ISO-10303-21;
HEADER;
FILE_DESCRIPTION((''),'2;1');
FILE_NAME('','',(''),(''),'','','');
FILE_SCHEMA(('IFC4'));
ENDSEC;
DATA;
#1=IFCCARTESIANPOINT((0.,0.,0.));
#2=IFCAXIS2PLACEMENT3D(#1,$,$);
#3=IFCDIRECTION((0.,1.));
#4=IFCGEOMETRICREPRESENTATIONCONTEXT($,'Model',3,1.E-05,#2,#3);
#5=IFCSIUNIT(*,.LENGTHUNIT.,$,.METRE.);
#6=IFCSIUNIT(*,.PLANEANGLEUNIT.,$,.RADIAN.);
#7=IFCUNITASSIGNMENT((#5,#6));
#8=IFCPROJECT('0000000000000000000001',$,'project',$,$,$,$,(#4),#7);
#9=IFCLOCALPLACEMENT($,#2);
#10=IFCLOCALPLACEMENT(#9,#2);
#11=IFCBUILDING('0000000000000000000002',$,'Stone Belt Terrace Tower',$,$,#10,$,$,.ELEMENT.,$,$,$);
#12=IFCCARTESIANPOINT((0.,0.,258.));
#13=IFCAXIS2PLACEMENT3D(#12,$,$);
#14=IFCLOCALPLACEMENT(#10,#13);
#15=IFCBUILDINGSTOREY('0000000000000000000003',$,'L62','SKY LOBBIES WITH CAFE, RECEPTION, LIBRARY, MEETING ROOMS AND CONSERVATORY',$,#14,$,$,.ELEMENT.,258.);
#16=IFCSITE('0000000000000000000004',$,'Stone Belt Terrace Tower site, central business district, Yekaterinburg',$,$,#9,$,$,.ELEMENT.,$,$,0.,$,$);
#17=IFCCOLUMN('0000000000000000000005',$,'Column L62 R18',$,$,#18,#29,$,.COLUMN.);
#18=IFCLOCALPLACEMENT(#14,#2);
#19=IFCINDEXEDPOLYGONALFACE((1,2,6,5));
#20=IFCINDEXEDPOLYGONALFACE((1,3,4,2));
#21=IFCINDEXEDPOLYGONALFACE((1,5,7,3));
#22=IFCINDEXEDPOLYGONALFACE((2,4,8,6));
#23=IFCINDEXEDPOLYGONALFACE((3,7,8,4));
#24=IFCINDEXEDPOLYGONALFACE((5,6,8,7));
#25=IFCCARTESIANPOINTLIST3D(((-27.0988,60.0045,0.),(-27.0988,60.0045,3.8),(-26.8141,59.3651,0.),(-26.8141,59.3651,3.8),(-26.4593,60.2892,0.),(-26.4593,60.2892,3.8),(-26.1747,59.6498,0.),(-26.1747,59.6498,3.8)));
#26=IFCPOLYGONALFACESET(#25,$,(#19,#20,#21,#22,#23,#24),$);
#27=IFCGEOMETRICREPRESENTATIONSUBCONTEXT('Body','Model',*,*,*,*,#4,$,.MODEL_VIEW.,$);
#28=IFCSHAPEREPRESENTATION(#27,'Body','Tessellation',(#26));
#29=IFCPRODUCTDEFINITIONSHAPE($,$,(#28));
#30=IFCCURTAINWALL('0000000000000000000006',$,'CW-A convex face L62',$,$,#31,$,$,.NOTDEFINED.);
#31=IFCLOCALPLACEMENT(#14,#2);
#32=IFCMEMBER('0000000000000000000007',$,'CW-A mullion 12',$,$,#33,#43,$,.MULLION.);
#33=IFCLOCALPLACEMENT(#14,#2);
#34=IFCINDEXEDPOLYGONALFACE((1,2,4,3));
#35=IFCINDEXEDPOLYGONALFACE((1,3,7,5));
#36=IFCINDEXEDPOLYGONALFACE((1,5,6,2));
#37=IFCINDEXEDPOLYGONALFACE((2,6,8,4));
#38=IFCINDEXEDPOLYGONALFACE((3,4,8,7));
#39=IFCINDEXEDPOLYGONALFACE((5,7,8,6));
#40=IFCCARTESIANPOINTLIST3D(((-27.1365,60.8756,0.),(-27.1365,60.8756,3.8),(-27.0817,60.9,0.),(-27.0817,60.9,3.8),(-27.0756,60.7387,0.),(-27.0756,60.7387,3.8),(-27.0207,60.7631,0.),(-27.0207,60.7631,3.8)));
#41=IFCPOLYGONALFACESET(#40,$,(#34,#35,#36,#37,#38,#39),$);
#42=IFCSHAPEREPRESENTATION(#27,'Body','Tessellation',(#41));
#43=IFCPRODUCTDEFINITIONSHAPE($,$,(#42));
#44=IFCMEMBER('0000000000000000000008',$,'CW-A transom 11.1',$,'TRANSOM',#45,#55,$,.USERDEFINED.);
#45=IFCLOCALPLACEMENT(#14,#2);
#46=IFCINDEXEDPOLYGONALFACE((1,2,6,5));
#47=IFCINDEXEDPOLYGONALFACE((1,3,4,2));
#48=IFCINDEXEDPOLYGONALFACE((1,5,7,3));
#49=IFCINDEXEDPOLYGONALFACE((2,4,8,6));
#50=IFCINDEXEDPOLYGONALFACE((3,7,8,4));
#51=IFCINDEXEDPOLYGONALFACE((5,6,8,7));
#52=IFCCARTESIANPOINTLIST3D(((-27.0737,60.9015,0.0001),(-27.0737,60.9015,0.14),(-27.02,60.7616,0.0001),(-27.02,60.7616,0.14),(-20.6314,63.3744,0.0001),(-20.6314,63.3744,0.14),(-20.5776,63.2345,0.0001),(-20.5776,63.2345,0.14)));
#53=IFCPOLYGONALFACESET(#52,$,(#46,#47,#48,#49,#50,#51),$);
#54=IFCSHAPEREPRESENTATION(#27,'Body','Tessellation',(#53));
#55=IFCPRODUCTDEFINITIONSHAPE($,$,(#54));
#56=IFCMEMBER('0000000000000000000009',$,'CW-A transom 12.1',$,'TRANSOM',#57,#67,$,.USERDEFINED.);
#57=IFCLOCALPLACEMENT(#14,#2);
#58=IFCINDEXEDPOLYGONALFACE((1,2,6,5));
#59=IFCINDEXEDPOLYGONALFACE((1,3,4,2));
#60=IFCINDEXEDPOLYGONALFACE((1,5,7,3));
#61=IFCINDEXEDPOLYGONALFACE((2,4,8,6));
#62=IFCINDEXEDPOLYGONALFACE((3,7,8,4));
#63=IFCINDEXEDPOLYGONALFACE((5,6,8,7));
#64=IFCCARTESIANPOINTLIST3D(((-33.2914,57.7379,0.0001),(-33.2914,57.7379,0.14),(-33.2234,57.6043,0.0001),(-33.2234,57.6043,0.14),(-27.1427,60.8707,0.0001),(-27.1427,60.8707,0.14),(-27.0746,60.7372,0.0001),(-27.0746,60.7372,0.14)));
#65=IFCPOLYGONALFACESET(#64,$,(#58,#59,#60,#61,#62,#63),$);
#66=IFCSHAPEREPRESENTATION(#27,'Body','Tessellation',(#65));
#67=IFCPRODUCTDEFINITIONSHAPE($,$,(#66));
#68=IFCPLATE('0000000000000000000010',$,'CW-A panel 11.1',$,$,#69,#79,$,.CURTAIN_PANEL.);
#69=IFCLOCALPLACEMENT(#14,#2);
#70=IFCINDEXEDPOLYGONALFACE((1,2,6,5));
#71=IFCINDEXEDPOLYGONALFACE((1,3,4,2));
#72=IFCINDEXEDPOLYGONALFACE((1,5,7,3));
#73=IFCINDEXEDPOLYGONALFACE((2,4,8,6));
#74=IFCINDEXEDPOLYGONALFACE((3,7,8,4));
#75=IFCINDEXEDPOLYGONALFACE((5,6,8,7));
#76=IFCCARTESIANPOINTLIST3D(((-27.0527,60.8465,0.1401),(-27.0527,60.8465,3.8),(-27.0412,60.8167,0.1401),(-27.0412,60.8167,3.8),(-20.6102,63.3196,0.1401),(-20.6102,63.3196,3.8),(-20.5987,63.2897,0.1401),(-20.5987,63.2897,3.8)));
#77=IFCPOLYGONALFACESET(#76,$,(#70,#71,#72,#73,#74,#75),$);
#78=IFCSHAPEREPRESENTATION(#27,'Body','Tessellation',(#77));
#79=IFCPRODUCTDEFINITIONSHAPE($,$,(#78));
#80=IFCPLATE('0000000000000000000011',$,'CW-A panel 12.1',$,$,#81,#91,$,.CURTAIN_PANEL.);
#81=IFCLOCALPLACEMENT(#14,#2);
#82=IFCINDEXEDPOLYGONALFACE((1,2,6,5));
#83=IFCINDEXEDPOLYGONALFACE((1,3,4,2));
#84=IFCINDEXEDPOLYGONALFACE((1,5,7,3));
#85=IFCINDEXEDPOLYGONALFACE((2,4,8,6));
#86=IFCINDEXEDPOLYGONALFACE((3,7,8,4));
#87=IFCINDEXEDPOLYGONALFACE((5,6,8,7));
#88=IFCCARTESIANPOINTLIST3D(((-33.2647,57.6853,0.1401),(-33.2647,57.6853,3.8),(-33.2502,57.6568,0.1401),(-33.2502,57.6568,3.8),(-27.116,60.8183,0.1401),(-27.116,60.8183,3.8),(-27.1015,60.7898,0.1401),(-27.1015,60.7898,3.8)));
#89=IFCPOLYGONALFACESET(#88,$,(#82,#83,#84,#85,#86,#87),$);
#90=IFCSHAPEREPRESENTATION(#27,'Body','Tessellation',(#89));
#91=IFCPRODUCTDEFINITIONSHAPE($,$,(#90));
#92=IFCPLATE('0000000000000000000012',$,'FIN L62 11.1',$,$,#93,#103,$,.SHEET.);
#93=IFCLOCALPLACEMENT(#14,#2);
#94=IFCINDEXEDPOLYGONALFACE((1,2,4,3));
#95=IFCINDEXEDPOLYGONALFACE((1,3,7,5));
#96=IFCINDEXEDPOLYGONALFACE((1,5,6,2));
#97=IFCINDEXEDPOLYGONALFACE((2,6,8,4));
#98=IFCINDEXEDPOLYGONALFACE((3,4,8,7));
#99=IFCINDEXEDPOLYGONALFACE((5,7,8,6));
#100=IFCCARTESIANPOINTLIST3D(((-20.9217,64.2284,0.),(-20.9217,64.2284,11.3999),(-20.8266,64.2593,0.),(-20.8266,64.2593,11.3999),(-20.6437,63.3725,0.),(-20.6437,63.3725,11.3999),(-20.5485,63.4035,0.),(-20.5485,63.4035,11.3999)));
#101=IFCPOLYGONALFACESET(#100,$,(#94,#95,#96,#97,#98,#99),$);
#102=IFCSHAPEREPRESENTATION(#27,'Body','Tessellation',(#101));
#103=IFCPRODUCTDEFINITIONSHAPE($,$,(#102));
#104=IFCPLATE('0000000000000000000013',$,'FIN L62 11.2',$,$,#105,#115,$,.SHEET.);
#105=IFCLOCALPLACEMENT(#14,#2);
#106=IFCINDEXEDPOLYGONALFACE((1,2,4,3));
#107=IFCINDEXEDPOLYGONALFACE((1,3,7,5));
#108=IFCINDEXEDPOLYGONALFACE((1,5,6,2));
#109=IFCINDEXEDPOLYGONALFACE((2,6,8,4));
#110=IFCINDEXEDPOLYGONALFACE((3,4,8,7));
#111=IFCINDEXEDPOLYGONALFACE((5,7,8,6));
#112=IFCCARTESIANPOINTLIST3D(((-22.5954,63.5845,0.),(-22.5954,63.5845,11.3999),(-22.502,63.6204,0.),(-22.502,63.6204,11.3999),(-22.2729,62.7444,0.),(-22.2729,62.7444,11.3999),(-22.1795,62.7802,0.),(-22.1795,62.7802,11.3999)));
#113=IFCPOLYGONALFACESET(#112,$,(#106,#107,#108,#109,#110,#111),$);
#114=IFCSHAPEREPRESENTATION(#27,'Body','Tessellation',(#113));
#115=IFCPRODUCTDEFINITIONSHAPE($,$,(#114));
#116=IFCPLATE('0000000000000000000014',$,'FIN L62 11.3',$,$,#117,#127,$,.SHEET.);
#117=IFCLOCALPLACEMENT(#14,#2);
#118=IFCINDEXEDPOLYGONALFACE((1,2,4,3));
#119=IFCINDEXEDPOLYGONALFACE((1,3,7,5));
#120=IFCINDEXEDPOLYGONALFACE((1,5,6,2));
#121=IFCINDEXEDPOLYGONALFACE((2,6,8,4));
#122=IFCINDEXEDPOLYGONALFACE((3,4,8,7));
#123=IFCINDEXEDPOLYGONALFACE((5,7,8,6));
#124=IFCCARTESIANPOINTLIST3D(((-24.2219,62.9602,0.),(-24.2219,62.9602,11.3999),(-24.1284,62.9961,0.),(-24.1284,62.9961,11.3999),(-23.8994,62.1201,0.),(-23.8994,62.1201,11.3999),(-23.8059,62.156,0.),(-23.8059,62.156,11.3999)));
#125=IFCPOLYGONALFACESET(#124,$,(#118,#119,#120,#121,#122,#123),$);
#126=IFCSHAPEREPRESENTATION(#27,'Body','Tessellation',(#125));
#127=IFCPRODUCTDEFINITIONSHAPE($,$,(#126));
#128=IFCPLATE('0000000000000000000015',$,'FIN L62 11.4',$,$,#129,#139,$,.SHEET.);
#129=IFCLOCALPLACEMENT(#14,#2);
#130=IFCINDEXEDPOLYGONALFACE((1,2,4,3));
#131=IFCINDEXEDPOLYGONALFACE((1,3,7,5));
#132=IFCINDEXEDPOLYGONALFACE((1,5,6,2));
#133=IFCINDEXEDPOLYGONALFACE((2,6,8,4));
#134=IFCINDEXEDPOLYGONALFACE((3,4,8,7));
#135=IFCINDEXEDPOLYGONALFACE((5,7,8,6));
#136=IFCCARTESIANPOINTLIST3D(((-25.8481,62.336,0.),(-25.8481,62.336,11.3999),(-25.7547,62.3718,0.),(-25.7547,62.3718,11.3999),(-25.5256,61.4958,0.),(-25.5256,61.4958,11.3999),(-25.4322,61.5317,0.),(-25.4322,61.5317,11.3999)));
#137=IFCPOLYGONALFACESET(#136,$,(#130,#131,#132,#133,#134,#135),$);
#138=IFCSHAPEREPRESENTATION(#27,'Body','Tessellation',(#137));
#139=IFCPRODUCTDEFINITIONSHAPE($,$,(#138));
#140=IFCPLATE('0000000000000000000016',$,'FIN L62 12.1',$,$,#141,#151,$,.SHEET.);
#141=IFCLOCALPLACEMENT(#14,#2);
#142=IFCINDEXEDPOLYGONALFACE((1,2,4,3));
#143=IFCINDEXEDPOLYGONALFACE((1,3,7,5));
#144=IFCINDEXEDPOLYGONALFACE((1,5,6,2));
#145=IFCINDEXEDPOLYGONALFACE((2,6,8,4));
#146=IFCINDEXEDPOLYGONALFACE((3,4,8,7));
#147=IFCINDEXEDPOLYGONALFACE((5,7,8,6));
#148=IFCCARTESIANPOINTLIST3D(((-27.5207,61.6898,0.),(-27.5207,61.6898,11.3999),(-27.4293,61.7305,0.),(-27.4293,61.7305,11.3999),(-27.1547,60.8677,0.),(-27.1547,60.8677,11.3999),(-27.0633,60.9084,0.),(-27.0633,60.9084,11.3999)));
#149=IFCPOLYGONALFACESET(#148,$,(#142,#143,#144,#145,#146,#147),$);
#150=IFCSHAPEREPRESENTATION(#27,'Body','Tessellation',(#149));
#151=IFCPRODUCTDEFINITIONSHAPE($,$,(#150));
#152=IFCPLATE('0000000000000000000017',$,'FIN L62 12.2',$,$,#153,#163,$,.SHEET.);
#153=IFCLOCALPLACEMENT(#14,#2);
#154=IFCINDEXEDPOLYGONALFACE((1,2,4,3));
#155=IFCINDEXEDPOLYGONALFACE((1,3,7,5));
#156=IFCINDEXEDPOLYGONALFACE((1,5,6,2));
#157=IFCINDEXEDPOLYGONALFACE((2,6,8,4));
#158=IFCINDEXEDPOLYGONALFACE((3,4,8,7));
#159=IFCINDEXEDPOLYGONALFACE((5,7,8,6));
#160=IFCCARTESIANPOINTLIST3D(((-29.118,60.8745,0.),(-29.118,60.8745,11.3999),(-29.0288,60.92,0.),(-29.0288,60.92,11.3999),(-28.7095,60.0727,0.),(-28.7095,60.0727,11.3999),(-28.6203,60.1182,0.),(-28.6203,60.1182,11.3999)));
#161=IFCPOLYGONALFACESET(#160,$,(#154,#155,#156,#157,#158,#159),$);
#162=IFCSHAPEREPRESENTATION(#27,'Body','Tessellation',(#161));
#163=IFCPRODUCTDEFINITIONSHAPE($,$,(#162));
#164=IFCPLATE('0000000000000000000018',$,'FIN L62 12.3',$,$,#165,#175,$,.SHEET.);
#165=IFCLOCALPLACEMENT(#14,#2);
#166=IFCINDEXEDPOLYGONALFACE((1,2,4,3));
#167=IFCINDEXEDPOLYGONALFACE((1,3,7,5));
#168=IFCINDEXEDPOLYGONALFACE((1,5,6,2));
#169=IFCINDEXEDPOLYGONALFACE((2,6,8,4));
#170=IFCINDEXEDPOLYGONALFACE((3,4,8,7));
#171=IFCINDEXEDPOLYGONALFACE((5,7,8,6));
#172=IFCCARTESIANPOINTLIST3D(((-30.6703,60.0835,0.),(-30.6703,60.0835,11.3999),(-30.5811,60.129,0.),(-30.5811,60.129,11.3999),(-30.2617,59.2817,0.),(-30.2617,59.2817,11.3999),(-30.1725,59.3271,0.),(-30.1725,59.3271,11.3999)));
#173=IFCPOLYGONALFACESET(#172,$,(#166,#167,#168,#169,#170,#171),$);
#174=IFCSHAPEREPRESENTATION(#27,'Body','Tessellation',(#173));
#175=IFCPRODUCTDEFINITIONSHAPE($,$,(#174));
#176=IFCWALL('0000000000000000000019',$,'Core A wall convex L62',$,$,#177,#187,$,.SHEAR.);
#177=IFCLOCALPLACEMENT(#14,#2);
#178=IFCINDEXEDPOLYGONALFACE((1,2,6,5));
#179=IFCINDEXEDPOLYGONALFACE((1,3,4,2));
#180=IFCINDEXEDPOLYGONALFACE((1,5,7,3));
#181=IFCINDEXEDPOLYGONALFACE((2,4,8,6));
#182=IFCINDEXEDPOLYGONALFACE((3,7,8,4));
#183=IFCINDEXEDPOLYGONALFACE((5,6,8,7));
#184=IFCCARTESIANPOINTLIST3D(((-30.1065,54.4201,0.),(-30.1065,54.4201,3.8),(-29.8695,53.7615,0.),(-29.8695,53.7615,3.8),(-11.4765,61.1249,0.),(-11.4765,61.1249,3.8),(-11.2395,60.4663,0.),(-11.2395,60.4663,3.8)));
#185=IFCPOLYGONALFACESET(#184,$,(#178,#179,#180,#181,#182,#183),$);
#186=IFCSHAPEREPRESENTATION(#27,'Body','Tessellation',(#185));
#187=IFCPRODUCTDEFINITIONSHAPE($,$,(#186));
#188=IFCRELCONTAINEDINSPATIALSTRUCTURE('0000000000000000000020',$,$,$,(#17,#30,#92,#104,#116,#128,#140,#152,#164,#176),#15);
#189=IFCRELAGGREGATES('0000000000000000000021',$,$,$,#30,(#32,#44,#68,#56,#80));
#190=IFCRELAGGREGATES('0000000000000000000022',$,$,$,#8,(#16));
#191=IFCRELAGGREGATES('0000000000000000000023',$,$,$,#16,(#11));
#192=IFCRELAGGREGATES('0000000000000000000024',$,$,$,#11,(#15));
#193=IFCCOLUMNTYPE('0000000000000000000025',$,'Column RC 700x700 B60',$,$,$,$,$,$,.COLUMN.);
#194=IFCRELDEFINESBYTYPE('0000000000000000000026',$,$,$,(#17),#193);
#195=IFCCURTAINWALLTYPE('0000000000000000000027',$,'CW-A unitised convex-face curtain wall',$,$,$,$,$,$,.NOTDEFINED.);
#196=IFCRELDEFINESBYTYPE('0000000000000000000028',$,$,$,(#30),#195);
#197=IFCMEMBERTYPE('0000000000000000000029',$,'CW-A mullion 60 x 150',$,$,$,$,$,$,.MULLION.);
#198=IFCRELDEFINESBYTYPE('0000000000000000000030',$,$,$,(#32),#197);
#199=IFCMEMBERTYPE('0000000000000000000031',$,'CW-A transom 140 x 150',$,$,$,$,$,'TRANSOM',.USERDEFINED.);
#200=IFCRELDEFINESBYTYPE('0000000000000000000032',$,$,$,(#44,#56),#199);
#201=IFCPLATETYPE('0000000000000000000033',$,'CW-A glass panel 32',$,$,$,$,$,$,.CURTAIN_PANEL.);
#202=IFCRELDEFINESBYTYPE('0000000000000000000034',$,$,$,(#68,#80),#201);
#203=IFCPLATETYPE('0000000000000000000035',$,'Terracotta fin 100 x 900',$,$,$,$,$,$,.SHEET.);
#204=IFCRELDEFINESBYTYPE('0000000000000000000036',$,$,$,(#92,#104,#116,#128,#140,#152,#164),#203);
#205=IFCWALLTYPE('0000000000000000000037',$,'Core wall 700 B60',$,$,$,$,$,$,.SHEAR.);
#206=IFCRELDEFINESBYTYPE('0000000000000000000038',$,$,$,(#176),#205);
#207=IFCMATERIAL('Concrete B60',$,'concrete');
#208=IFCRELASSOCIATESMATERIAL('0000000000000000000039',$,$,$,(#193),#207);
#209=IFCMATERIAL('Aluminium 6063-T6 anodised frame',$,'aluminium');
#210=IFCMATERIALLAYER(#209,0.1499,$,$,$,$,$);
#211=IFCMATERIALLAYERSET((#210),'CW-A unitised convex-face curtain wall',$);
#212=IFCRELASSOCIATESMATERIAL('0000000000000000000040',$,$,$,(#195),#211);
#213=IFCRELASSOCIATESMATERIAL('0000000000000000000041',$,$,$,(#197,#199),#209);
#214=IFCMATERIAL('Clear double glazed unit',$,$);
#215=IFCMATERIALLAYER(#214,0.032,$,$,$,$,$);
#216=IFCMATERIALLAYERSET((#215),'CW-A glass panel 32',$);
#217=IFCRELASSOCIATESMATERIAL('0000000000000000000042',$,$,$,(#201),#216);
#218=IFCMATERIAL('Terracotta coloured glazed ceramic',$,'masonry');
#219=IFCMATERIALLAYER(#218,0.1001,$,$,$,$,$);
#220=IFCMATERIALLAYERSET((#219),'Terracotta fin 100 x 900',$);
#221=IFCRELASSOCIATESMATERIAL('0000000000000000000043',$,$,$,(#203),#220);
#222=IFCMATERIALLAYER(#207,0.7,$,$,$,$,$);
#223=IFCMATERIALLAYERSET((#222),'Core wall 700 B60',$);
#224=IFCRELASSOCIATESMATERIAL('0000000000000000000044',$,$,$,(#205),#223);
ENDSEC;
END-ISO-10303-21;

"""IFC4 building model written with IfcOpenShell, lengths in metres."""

from ifc_helpers import new_model, si_unit, direction, frame, frame_2d, origin, origin_2d, place, context, subcontext, project, spatial, rectangle, extrude, material, layer, layer_set, material_profile, profile_set, type_object, element, aggregate, save


model = new_model("IFC4")

# Units and contexts
model_context = context("Model", 3, precision=1e-05, world=origin(), true_north=direction((0.0, 1.0)))
body_context = subcontext(model_context, "Body", "Model", "MODEL_VIEW")
ifc_project = project(units=[si_unit("LENGTHUNIT", "METRE"), si_unit("PLANEANGLEUNIT", "RADIAN")], contexts=[model_context])

# Site, building, storey
site_placement = place(None, origin())
site = spatial("IfcSite", under=ifc_project, at=site_placement, Name="Stone Belt Terrace Tower site, central business district, Yekaterinburg", CompositionType="ELEMENT", RefElevation=0.0)
building_placement = place(site_placement, origin())
building = spatial("IfcBuilding", under=site, at=building_placement, Name="Stone Belt Terrace Tower", CompositionType="ELEMENT")
storey_placement = place(building_placement, frame((0.0, 0.0, 258.0)))
storey = spatial("IfcBuildingStorey", under=building, at=storey_placement, Name="L62", Description="SKY LOBBIES WITH CAFE, RECEPTION, LIBRARY, MEETING ROOMS AND CONSERVATORY", CompositionType="ELEMENT", Elevation=258.0)

# Column
ifc_material_1 = material(Name="Concrete B60", Category="concrete")
ifc_material_profile_1 = material_profile(ifc_material_1, rectangle(XDim=0.7, YDim=0.7, at=origin_2d()), Name="RC 700x700")
ifc_profile_set_1 = profile_set([ifc_material_profile_1], Name="Concrete B60")
column_type = type_object("IfcColumnType", Name="Column RC 700x700 B60", PredefinedType="COLUMN", material=ifc_profile_set_1)
column_placement = place(storey_placement, frame((-26.6367, 59.8271, 0.0), z_axis=(0.0, 0.0, 1.0), x_axis=(0.913545, 0.406737, 0.0)))
element("IfcColumn", 1, at=column_placement, inside=storey, type_object=column_type, Name="Column L62 R18", PredefinedType="COLUMN", context=body_context, shape_type="SweptSolid", body=[
    extrude(rectangle(XDim=0.7, YDim=0.7, at=origin_2d()), origin(), (0.0, 0.0, 1.0), 3.8),
])

# Curtain wall, members, plates
ifc_material_2 = material(Name="Aluminium 6063-T6 anodised frame", Category="aluminium")
ifc_layer_1 = layer(ifc_material_2, 0.1499)
ifc_layer_set_1 = layer_set([ifc_layer_1], Name="CW-A unitised convex-face curtain wall")
curtain_wall_type = type_object("IfcCurtainWallType", Name="CW-A unitised convex-face curtain wall", PredefinedType="NOTDEFINED", material=ifc_layer_set_1)
curtain_wall_placement = place(storey_placement, origin())
curtain_wall = element("IfcCurtainWall", 2, at=curtain_wall_placement, inside=storey, type_object=curtain_wall_type, Name="CW-A convex face L62", PredefinedType="NOTDEFINED")
ifc_material_profile_2 = material_profile(ifc_material_2, rectangle(XDim=0.1499, YDim=0.0601, at=origin_2d()), Name="Aluminium 6063-T6 60x150")
ifc_profile_set_2 = profile_set([ifc_material_profile_2], Name="Aluminium 6063-T6 anodised frame")
member_type_1 = type_object("IfcMemberType", Name="CW-A mullion 60 x 150", PredefinedType="MULLION", material=ifc_profile_set_2)
member_1_placement = place(storey_placement, frame((-27.0786, 60.8193, 0.0), z_axis=(0.0, 0.0, 1.0), x_axis=(0.406737, -0.913545, 0.0)))
member_1 = element("IfcMember", 3, at=member_1_placement, type_object=member_type_1, Name="CW-A mullion 12", PredefinedType="MULLION", context=body_context, shape_type="SweptSolid", body=[
    extrude(rectangle(XDim=0.1499, YDim=0.0601, at=origin_2d()), origin(), (0.0, 0.0, 1.0), 3.8),
])
ifc_material_profile_3 = material_profile(ifc_material_2, rectangle(XDim=0.1499, YDim=0.1399, at=origin_2d()), Name="Aluminium 6063-T6 150x140")
ifc_profile_set_3 = profile_set([ifc_material_profile_3], Name="Aluminium 6063-T6 anodised frame")
member_type_2 = type_object("IfcMemberType", Name="CW-A transom 140 x 150", ElementType="TRANSOM", PredefinedType="USERDEFINED", material=ifc_profile_set_3)
member_2_placement = place(storey_placement, frame((-20.6045, 63.3044, 0.0701), z_axis=(-0.933585, -0.358355, 0.0), x_axis=(0.358355, -0.933585, 0.0)))
member_2 = element("IfcMember", 4, at=member_2_placement, type_object=member_type_2, Name="CW-A transom 11.1", ObjectType="TRANSOM", PredefinedType="USERDEFINED", context=body_context, shape_type="SweptSolid", body=[
    extrude(rectangle(XDim=0.1499, YDim=0.1399, at=origin_2d()), origin(), (0.0, 0.0, 1.0), 6.9006),
])
member_3_placement = place(storey_placement, frame((-27.1086, 60.804, 0.0701), z_axis=(-0.891012, -0.453979, 0.0), x_axis=(0.453979, -0.891012, 0.0)))
member_3 = element("IfcMember", 5, at=member_3_placement, type_object=member_type_2, Name="CW-A transom 12.1", ObjectType="TRANSOM", PredefinedType="USERDEFINED", context=body_context, shape_type="SweptSolid", body=[
    extrude(rectangle(XDim=0.1499, YDim=0.1399, at=origin_2d()), origin(), (0.0, 0.0, 1.0), 6.9009),
])
ifc_material_3 = material(Name="Clear double glazed unit")
ifc_layer_2 = layer(ifc_material_3, 0.032)
ifc_layer_set_2 = layer_set([ifc_layer_2], Name="CW-A glass panel 32")
plate_type_1 = type_object("IfcPlateType", Name="CW-A glass panel 32", PredefinedType="CURTAIN_PANEL", material=ifc_layer_set_2)
plate_1_placement = place(storey_placement, frame((-23.8257, 62.0681, 0.1401), z_axis=(0.0, 0.0, 1.0), x_axis=(-0.93358, -0.358368, 0.0)))
plate_1 = element("IfcPlate", 6, at=plate_1_placement, type_object=plate_type_1, Name="CW-A panel 11.1", PredefinedType="CURTAIN_PANEL", context=body_context, shape_type="SweptSolid", body=[
    extrude(rectangle(XDim=6.9009, YDim=0.032, at=origin_2d()), origin(), (0.0, 0.0, 1.0), 3.6599),
])
plate_2_placement = place(storey_placement, frame((-30.1831, 59.2375, 0.1401), z_axis=(0.0, 0.0, 1.0), x_axis=(-0.891007, -0.45399, 0.0)))
plate_2 = element("IfcPlate", 7, at=plate_2_placement, type_object=plate_type_1, Name="CW-A panel 12.1", PredefinedType="CURTAIN_PANEL", context=body_context, shape_type="SweptSolid", body=[
    extrude(rectangle(XDim=6.9009, YDim=0.032, at=origin_2d()), origin(), (0.0, 0.0, 1.0), 3.6599),
])
aggregate(curtain_wall, [member_1, member_2, plate_1, member_3, plate_2])

# Plates
ifc_material_4 = material(Name="Terracotta coloured glazed ceramic", Category="masonry")
ifc_layer_3 = layer(ifc_material_4, 0.1001)
ifc_layer_set_3 = layer_set([ifc_layer_3], Name="Terracotta fin 100 x 900")
plate_type_2 = type_object("IfcPlateType", Name="Terracotta fin 100 x 900", PredefinedType="SHEET", material=ifc_layer_set_3)
for number, where, z_axis, x_axis, name in (
    (8, (-20.7351, 63.8159, 0.0), (0.0, 0.0, 1.0), (-0.309017, 0.951057, 0.0), "FIN L62 11.1"),
    (9, (-22.3875, 63.1824, 0.0), (0.0, 0.0, 1.0), (-0.358368, 0.93358, 0.0), "FIN L62 11.2"),
    (10, (-24.0139, 62.5581, 0.0), (0.0, 0.0, 1.0), (-0.358368, 0.93358, 0.0), "FIN L62 11.3"),
    (11, (-25.6401, 61.9338, 0.0), (0.0, 0.0, 1.0), (-0.358368, 0.93358, 0.0), "FIN L62 11.4"),
    (12, (-27.292, 61.2991, 0.0), (0.0, 0.0, 1.0), (-0.406737, 0.913545, 0.0), "FIN L62 12.1"),
    (13, (-28.8691, 60.4963, 0.0), (0.0, 0.0, 1.0), (-0.45399, 0.891007, 0.0), "FIN L62 12.2"),
    (14, (-30.4214, 59.7053, 0.0), (0.0, 0.0, 1.0), (-0.45399, 0.891007, 0.0), "FIN L62 12.3"),
):
    element("IfcPlate", number, at=place(storey_placement, frame(where, z_axis=z_axis, x_axis=x_axis)), inside=storey, type_object=plate_type_2, Name=name, PredefinedType="SHEET", context=body_context, shape_type="SweptSolid", body=[
        extrude(rectangle(XDim=0.8999, YDim=0.1001, at=origin_2d()), origin(), (0.0, 0.0, 1.0), 11.3999),
    ])

# Wall
ifc_layer_4 = layer(ifc_material_1, 0.7)
ifc_layer_set_4 = layer_set([ifc_layer_4], Name="Core wall 700 B60")
wall_type_1 = type_object("IfcWallType", Name="Core wall 700 B60", PredefinedType="SHEAR", material=ifc_layer_set_4)
wall_1_placement = place(storey_placement, frame((-29.988, 54.0908, 0.0), z_axis=(0.0, 0.0, 1.0), x_axis=(0.94092, 0.33863, 0.0)))
element("IfcWall", 15, at=wall_1_placement, inside=storey, type_object=wall_type_1, Name="Core A wall convex L62", PredefinedType="SHEAR", context=body_context, shape_type="SweptSolid", body=[
    extrude(rectangle(XDim=19.7998, YDim=0.7, at=frame_2d((9.8999, 0.0))), origin(), (0.0, 0.0, 1.0), 3.8),
])

save(model, "model.ifc")
